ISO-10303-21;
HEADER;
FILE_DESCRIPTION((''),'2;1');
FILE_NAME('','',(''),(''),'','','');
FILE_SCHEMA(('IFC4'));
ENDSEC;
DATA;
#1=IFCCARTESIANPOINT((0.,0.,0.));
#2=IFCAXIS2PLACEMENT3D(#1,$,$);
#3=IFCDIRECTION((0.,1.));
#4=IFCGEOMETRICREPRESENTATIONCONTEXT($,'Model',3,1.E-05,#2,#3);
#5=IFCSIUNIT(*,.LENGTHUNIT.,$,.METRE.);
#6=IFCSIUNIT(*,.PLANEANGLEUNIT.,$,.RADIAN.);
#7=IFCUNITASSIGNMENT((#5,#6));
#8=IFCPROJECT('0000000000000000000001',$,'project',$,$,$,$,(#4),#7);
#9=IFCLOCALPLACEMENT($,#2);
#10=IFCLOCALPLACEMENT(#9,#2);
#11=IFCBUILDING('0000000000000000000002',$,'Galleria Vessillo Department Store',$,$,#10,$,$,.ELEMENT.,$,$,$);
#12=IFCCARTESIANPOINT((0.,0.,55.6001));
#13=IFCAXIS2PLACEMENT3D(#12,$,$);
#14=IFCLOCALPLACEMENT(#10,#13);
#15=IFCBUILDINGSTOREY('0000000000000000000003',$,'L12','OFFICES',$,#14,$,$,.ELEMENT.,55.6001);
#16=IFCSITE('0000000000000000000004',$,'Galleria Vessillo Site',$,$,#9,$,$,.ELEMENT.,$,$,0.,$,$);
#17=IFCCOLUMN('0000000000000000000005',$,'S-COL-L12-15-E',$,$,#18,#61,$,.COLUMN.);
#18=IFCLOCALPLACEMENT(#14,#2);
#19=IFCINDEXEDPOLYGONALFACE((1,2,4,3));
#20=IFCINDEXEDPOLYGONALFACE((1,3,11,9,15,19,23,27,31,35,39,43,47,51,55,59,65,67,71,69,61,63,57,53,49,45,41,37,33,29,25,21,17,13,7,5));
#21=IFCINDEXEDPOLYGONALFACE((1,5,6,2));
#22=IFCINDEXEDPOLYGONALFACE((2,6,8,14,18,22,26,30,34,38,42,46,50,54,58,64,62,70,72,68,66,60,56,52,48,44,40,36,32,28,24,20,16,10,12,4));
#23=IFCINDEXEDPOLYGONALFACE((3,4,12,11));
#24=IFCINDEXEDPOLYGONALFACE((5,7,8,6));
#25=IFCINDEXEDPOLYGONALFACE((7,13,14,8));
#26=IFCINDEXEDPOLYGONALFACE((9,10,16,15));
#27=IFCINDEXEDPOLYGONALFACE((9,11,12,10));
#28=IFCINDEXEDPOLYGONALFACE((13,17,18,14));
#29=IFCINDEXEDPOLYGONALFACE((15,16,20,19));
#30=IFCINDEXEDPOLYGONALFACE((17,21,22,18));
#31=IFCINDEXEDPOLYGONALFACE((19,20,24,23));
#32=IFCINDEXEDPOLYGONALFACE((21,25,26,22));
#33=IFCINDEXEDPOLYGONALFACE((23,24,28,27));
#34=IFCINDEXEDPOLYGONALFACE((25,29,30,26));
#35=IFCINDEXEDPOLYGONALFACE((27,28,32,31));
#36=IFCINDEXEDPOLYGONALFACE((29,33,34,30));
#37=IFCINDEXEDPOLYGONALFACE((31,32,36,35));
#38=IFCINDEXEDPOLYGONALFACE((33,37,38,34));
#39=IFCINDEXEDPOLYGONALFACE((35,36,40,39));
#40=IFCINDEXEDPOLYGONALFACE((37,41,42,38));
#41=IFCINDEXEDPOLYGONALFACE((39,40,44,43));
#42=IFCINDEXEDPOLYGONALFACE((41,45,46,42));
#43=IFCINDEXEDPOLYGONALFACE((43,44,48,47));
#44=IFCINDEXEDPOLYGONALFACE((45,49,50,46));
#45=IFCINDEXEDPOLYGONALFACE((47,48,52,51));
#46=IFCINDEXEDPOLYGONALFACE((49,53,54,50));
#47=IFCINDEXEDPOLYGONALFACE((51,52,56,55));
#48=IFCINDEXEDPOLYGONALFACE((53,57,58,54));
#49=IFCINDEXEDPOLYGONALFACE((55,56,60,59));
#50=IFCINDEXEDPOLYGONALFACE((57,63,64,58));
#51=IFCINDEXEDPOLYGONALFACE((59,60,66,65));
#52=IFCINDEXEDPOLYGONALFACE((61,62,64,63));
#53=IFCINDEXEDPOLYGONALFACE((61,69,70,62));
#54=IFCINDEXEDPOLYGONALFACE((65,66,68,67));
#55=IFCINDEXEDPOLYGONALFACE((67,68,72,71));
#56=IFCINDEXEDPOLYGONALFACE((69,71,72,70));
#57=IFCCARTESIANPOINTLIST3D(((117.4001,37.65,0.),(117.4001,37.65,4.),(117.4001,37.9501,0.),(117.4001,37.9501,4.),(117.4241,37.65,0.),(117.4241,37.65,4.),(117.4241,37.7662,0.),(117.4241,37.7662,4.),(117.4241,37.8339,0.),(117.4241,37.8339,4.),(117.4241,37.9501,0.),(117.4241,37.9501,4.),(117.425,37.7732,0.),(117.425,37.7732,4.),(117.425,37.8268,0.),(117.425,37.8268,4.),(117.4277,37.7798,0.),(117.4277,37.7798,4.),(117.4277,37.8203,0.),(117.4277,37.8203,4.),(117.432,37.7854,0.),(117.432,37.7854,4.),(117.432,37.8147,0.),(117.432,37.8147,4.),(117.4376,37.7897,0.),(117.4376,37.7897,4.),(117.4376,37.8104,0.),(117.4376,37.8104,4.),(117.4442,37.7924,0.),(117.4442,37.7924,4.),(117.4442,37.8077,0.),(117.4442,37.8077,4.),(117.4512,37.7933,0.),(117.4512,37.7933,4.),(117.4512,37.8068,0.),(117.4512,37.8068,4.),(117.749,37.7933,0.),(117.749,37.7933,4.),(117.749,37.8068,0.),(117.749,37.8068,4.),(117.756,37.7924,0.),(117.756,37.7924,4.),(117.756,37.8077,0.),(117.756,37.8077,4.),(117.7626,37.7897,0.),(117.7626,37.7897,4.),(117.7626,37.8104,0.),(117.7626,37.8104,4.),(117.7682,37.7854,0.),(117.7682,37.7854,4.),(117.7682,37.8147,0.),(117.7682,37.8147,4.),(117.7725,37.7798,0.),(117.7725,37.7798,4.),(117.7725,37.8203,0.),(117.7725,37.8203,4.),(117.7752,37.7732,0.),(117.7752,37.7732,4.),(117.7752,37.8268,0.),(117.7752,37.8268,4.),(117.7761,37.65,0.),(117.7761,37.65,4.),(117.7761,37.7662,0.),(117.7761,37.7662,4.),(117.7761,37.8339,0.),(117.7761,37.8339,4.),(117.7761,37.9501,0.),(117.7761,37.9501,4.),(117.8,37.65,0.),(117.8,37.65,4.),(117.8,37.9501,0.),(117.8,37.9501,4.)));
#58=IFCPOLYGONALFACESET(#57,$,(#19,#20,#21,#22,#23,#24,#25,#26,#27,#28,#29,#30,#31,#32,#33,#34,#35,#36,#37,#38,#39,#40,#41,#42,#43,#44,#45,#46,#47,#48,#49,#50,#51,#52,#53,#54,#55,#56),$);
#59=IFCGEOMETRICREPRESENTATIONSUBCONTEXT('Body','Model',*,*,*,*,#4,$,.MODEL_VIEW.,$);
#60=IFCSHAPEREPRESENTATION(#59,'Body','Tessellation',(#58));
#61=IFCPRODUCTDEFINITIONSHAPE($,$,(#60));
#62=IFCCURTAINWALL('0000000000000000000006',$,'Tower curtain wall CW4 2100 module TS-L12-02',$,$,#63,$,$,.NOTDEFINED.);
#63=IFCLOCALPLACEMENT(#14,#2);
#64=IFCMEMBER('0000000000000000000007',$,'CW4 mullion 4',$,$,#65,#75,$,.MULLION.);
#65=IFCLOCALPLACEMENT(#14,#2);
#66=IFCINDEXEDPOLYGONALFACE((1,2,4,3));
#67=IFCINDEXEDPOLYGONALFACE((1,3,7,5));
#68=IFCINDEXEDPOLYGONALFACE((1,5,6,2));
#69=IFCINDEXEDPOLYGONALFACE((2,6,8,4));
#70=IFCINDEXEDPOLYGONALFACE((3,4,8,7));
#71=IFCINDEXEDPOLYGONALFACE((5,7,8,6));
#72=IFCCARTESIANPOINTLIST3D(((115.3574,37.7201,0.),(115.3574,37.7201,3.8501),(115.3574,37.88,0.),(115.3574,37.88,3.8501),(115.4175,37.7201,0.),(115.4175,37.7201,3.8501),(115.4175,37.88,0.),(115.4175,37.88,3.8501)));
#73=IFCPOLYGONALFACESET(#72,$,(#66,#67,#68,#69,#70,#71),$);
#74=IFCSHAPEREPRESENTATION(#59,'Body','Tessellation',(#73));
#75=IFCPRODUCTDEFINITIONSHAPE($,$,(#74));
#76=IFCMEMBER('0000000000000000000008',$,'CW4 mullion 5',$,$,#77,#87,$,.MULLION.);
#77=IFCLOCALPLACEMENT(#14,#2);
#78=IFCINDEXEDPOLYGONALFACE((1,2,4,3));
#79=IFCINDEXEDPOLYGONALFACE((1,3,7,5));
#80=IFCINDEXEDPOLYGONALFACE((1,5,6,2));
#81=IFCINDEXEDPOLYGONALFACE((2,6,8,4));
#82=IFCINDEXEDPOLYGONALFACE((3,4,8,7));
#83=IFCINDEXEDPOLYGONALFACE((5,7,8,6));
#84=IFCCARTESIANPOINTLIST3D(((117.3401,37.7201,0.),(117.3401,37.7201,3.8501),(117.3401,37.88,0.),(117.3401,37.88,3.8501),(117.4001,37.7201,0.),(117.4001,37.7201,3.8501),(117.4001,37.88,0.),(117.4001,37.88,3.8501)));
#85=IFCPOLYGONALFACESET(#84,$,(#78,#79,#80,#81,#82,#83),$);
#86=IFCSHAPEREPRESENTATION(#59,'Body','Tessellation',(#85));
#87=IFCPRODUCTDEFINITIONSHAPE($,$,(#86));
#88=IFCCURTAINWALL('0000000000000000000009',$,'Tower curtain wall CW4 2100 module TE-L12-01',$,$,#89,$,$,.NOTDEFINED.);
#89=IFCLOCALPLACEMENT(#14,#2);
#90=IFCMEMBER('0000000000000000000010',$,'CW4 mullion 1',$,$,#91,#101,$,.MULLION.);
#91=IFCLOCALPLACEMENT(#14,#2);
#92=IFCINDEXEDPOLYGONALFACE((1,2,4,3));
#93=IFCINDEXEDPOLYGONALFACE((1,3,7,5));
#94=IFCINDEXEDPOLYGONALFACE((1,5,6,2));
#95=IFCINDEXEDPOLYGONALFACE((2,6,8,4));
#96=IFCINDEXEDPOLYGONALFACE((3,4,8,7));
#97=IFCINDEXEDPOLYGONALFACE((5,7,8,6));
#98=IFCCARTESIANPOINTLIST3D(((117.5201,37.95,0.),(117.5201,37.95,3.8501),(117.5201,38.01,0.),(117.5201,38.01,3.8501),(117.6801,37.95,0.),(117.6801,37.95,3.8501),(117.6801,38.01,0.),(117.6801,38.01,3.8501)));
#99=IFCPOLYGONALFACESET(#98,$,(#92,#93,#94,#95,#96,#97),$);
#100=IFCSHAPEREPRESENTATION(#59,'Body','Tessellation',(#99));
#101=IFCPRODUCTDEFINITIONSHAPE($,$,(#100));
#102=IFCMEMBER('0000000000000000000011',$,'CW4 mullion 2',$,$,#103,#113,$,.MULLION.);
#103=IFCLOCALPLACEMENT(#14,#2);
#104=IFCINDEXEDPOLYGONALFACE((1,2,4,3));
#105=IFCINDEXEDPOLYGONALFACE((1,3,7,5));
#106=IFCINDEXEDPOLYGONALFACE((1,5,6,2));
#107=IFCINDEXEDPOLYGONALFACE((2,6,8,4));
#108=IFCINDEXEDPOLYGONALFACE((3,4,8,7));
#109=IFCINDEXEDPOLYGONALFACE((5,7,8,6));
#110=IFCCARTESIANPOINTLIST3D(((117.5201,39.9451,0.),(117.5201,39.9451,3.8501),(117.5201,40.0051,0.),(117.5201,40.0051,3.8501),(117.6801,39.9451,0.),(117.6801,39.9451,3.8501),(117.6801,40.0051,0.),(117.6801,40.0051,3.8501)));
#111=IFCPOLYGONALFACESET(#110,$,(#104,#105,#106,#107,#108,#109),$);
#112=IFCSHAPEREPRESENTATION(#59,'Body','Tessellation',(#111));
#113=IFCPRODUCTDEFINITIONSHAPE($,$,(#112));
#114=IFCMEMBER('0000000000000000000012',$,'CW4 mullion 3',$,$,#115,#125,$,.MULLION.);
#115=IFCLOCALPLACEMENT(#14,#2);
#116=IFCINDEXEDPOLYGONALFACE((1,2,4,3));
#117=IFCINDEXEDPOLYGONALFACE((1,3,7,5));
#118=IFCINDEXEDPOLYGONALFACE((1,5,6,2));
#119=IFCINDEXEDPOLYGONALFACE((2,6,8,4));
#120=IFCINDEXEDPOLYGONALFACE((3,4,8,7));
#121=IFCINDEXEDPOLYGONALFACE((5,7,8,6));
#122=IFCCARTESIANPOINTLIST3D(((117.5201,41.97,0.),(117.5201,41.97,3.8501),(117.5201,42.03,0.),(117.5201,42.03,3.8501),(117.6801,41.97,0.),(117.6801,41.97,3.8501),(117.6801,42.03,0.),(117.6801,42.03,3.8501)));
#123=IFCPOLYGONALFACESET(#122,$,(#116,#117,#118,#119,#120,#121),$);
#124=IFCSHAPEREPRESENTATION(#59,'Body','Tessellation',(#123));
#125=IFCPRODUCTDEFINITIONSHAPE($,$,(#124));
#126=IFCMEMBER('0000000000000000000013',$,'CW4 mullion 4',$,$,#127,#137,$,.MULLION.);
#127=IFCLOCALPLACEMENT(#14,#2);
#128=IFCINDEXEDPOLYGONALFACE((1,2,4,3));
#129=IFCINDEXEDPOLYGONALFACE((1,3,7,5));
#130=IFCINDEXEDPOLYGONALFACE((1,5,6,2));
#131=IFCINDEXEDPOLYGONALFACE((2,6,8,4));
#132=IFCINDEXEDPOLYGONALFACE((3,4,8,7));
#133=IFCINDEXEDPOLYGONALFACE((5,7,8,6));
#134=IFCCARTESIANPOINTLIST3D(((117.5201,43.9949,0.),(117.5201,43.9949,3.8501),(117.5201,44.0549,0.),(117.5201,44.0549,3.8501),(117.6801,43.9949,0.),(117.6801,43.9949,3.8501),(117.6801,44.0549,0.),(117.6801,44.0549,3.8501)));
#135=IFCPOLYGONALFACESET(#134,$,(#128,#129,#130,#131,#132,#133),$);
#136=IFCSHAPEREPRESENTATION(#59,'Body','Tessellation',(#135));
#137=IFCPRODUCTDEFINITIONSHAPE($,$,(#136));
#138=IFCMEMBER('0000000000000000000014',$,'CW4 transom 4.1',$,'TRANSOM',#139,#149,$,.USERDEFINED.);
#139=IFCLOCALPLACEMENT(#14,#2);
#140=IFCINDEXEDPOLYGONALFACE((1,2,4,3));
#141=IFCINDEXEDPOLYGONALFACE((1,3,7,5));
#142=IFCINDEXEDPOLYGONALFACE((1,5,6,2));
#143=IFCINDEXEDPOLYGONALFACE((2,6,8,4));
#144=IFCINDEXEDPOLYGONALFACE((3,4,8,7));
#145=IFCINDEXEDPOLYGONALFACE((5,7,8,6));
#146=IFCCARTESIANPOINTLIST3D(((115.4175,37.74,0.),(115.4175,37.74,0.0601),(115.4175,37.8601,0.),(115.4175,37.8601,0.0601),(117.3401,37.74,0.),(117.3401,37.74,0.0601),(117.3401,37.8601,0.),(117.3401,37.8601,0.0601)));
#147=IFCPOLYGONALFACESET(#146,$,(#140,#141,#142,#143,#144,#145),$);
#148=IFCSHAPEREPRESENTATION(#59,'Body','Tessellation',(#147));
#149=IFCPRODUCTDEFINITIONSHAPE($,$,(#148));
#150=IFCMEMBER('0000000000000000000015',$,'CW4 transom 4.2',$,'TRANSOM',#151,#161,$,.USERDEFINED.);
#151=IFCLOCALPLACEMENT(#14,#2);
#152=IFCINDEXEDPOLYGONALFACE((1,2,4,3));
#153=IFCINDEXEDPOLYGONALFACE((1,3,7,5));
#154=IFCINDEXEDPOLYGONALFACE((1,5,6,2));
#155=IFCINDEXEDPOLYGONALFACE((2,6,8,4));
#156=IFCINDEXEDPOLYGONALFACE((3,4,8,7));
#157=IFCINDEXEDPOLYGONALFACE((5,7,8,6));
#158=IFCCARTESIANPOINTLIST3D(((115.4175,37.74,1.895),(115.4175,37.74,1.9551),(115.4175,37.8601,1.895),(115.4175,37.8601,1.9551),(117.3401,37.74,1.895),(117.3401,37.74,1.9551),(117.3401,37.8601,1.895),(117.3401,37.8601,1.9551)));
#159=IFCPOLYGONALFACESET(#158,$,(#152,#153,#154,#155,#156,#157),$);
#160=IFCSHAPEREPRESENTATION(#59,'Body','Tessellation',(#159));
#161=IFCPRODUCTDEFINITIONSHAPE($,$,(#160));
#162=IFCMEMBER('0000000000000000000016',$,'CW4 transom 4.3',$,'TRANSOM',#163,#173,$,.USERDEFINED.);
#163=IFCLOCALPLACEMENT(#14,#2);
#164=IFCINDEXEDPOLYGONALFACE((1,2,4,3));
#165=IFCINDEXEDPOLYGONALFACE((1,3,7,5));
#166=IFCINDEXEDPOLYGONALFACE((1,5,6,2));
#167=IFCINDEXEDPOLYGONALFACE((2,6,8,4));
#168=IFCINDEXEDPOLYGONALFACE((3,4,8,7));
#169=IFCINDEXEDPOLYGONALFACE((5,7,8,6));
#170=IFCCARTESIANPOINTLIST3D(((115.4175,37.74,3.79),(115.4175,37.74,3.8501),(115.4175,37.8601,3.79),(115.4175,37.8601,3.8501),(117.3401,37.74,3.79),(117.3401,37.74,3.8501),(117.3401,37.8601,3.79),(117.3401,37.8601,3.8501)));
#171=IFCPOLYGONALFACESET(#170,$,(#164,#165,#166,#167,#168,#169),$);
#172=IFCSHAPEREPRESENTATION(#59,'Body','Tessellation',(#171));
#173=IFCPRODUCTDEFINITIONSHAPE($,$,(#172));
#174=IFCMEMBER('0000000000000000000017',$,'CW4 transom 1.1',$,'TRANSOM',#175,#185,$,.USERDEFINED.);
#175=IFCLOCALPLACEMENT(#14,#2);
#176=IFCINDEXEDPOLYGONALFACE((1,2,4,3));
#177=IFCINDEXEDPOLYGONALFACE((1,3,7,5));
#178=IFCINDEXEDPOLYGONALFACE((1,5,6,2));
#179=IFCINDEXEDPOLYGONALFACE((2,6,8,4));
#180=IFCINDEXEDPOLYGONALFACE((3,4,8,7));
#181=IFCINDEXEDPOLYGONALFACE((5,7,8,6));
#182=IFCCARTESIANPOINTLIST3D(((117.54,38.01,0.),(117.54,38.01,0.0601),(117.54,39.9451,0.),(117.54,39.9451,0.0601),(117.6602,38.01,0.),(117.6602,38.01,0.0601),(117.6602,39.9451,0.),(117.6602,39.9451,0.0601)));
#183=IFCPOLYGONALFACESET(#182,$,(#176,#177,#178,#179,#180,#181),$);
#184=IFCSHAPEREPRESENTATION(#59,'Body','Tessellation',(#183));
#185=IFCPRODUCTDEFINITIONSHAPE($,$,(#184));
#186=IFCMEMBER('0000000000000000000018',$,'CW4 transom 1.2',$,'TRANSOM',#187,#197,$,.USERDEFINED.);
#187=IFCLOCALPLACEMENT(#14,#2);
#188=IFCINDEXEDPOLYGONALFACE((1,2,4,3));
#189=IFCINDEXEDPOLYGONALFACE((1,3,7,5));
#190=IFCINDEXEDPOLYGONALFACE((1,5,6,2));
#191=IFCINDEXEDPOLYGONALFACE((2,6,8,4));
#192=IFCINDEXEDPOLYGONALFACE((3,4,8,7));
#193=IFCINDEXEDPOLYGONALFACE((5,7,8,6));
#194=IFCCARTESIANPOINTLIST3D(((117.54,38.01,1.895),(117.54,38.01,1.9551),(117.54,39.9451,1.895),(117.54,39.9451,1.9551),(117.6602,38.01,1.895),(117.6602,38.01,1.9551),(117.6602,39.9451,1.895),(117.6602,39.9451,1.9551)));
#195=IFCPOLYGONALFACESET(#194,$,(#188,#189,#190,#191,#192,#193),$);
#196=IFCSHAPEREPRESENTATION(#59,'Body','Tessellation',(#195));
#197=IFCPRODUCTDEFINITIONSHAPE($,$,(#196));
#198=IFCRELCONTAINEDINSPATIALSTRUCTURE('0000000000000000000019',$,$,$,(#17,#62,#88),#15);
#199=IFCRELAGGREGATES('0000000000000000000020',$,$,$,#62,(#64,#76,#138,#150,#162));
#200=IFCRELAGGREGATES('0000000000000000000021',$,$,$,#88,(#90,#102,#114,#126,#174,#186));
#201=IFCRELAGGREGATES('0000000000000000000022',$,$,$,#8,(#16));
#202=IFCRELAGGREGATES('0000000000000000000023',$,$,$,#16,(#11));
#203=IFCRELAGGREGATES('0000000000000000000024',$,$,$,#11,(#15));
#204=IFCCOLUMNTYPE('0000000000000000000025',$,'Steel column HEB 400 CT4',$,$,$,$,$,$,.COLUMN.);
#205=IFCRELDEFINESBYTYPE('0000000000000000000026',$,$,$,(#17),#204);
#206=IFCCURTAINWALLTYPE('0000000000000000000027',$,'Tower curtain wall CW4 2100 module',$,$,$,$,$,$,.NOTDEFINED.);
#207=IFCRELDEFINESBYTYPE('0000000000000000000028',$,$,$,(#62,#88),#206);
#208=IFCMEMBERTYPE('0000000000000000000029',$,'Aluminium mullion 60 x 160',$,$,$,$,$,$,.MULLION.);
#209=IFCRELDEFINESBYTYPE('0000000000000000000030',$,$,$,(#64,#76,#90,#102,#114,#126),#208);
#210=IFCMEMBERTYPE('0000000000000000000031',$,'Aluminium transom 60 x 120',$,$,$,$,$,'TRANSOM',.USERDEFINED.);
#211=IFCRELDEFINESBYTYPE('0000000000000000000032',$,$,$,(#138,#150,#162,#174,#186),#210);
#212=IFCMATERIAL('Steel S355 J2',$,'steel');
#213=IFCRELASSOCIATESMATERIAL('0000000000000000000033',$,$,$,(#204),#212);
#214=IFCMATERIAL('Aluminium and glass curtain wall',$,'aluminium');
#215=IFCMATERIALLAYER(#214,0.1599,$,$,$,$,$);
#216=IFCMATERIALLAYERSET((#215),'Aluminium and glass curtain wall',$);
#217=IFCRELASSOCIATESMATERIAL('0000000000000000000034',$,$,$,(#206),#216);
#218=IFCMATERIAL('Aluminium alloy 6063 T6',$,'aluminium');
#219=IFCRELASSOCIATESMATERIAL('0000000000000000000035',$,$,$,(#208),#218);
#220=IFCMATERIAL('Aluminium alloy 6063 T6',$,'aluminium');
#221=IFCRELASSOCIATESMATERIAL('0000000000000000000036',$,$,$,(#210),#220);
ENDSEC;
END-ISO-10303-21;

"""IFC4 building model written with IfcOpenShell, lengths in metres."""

from ifc_helpers import new_model, si_unit, direction, frame, origin, origin_2d, place, context, subcontext, project, spatial, rectangle, i_section, extrude, material, layer, layer_set, material_profile, profile_set, type_object, element, aggregate, save


model = new_model("IFC4")

# Units and contexts
model_context = context("Model", 3, precision=1e-05, world=origin(), true_north=direction((0.0, 1.0)))
body_context = subcontext(model_context, "Body", "Model", "MODEL_VIEW")
ifc_project = project(units=[si_unit("LENGTHUNIT", "METRE"), si_unit("PLANEANGLEUNIT", "RADIAN")], contexts=[model_context])

# Site, building, storey
site_placement = place(None, origin())
site = spatial("IfcSite", under=ifc_project, at=site_placement, Name="Galleria Vessillo Site", CompositionType="ELEMENT", RefElevation=0.0)
building_placement = place(site_placement, origin())
building = spatial("IfcBuilding", under=site, at=building_placement, Name="Galleria Vessillo Department Store", CompositionType="ELEMENT")
storey_placement = place(building_placement, frame((0.0, 0.0, 55.6001)))
storey = spatial("IfcBuildingStorey", under=building, at=storey_placement, Name="L12", Description="OFFICES", CompositionType="ELEMENT", Elevation=55.6001)

# Column
ifc_material_1 = material(Name="Steel S355 J2", Category="steel")
ifc_material_profile_1 = material_profile(ifc_material_1, i_section(OverallWidth=0.3, OverallDepth=0.3999, WebThickness=0.0134, FlangeThickness=0.0239, FilletRadius=0.0271, at=origin_2d()), Name="HEB 400")
ifc_profile_set_1 = profile_set([ifc_material_profile_1], Name="Steel S355 J2")
column_type = type_object("IfcColumnType", Name="Steel column HEB 400 CT4", PredefinedType="COLUMN", material=ifc_profile_set_1)
column_placement = place(storey_placement, frame((117.6001, 37.8, 0.0), z_axis=(0.0, 0.0, 1.0), x_axis=(0.0, 1.0, 0.0)))
element("IfcColumn", 1, at=column_placement, inside=storey, type_object=column_type, Name="S-COL-L12-15-E", PredefinedType="COLUMN", context=body_context, shape_type="SweptSolid", body=[
    extrude(i_section(OverallWidth=0.3, OverallDepth=0.3999, WebThickness=0.0134, FlangeThickness=0.0239, FilletRadius=0.0271, at=origin_2d()), origin(), (0.0, 0.0, 1.0), 4.0),
])

# Curtain walls, members
ifc_material_2 = material(Name="Aluminium and glass curtain wall", Category="aluminium")
ifc_layer_1 = layer(ifc_material_2, 0.1599)
ifc_layer_set_1 = layer_set([ifc_layer_1], Name="Aluminium and glass curtain wall")
curtain_wall_type = type_object("IfcCurtainWallType", Name="Tower curtain wall CW4 2100 module", PredefinedType="NOTDEFINED", material=ifc_layer_set_1)
curtain_wall_1_placement = place(storey_placement, origin())
curtain_wall_1 = element("IfcCurtainWall", 2, at=curtain_wall_1_placement, inside=storey, type_object=curtain_wall_type, Name="Tower curtain wall CW4 2100 module TS-L12-02", PredefinedType="NOTDEFINED")
ifc_material_3 = material(Name="Aluminium alloy 6063 T6", Category="aluminium")
ifc_material_profile_2 = material_profile(ifc_material_3, rectangle(XDim=0.1599, YDim=0.0601, at=origin_2d()), Name="AL 60x160")
ifc_profile_set_2 = profile_set([ifc_material_profile_2], Name="Aluminium alloy 6063 T6")
member_type_1 = type_object("IfcMemberType", Name="Aluminium mullion 60 x 160", PredefinedType="MULLION", material=ifc_profile_set_2)
member_1_placement = place(storey_placement, frame((115.3875, 37.8, 0.0), z_axis=(0.0, 0.0, 1.0), x_axis=(0.0, 1.0, 0.0)))
member_1 = element("IfcMember", 3, at=member_1_placement, type_object=member_type_1, Name="CW4 mullion 4", PredefinedType="MULLION", context=body_context, shape_type="SweptSolid", body=[
    extrude(rectangle(XDim=0.1599, YDim=0.0601, at=origin_2d()), origin(), (0.0, 0.0, 1.0), 3.8501),
])
member_2_placement = place(storey_placement, frame((117.3701, 37.8, 0.0), z_axis=(0.0, 0.0, 1.0), x_axis=(0.0, 1.0, 0.0)))
member_2 = element("IfcMember", 4, at=member_2_placement, type_object=member_type_1, Name="CW4 mullion 5", PredefinedType="MULLION", context=body_context, shape_type="SweptSolid", body=[
    extrude(rectangle(XDim=0.1599, YDim=0.0601, at=origin_2d()), origin(), (0.0, 0.0, 1.0), 3.8501),
])
curtain_wall_2_placement = place(storey_placement, origin())
curtain_wall_2 = element("IfcCurtainWall", 5, at=curtain_wall_2_placement, inside=storey, type_object=curtain_wall_type, Name="Tower curtain wall CW4 2100 module TE-L12-01", PredefinedType="NOTDEFINED")
member_3_placement = place(storey_placement, frame((117.6001, 37.98, 0.0), z_axis=(0.0, 0.0, 1.0), x_axis=(-1.0, 0.0, 0.0)))
member_3 = element("IfcMember", 6, at=member_3_placement, type_object=member_type_1, Name="CW4 mullion 1", PredefinedType="MULLION", context=body_context, shape_type="SweptSolid", body=[
    extrude(rectangle(XDim=0.1599, YDim=0.0601, at=origin_2d()), origin(), (0.0, 0.0, 1.0), 3.8501),
])
member_4_placement = place(storey_placement, frame((117.6001, 39.9751, 0.0), z_axis=(0.0, 0.0, 1.0), x_axis=(-1.0, 0.0, 0.0)))
member_4 = element("IfcMember", 7, at=member_4_placement, type_object=member_type_1, Name="CW4 mullion 2", PredefinedType="MULLION", context=body_context, shape_type="SweptSolid", body=[
    extrude(rectangle(XDim=0.1599, YDim=0.0601, at=origin_2d()), origin(), (0.0, 0.0, 1.0), 3.8501),
])
member_5_placement = place(storey_placement, frame((117.6001, 42.0, 0.0), z_axis=(0.0, 0.0, 1.0), x_axis=(-1.0, 0.0, 0.0)))
member_5 = element("IfcMember", 8, at=member_5_placement, type_object=member_type_1, Name="CW4 mullion 3", PredefinedType="MULLION", context=body_context, shape_type="SweptSolid", body=[
    extrude(rectangle(XDim=0.1599, YDim=0.0601, at=origin_2d()), origin(), (0.0, 0.0, 1.0), 3.8501),
])
member_6_placement = place(storey_placement, frame((117.6001, 44.0249, 0.0), z_axis=(0.0, 0.0, 1.0), x_axis=(-1.0, 0.0, 0.0)))
member_6 = element("IfcMember", 9, at=member_6_placement, type_object=member_type_1, Name="CW4 mullion 4", PredefinedType="MULLION", context=body_context, shape_type="SweptSolid", body=[
    extrude(rectangle(XDim=0.1599, YDim=0.0601, at=origin_2d()), origin(), (0.0, 0.0, 1.0), 3.8501),
])

# Members
ifc_material_4 = material(Name="Aluminium alloy 6063 T6", Category="aluminium")
ifc_material_profile_3 = material_profile(ifc_material_4, rectangle(XDim=0.1201, YDim=0.0601, at=origin_2d()), Name="AL 60x120")
ifc_profile_set_3 = profile_set([ifc_material_profile_3], Name="Aluminium alloy 6063 T6")
member_type_2 = type_object("IfcMemberType", Name="Aluminium transom 60 x 120", ElementType="TRANSOM", PredefinedType="USERDEFINED", material=ifc_profile_set_3)
member_7_placement = place(storey_placement, frame((115.4175, 37.8, 0.03), z_axis=(1.0, 0.0, 0.0), x_axis=(0.0, 1.0, 0.0)))
member_7 = element("IfcMember", 10, at=member_7_placement, type_object=member_type_2, Name="CW4 transom 4.1", ObjectType="TRANSOM", PredefinedType="USERDEFINED", context=body_context, shape_type="SweptSolid", body=[
    extrude(rectangle(XDim=0.1201, YDim=0.0601, at=origin_2d()), origin(), (0.0, 0.0, 1.0), 1.9226),
])
member_8_placement = place(storey_placement, frame((115.4175, 37.8, 1.925), z_axis=(1.0, 0.0, 0.0), x_axis=(0.0, 1.0, 0.0)))
member_8 = element("IfcMember", 11, at=member_8_placement, type_object=member_type_2, Name="CW4 transom 4.2", ObjectType="TRANSOM", PredefinedType="USERDEFINED", context=body_context, shape_type="SweptSolid", body=[
    extrude(rectangle(XDim=0.1201, YDim=0.0601, at=origin_2d()), origin(), (0.0, 0.0, 1.0), 1.9226),
])
member_9_placement = place(storey_placement, frame((115.4175, 37.8, 3.8201), z_axis=(1.0, 0.0, 0.0), x_axis=(0.0, 1.0, 0.0)))
member_9 = element("IfcMember", 12, at=member_9_placement, type_object=member_type_2, Name="CW4 transom 4.3", ObjectType="TRANSOM", PredefinedType="USERDEFINED", context=body_context, shape_type="SweptSolid", body=[
    extrude(rectangle(XDim=0.1201, YDim=0.0601, at=origin_2d()), origin(), (0.0, 0.0, 1.0), 1.9226),
])
member_10_placement = place(storey_placement, frame((117.6001, 38.01, 0.03), z_axis=(0.0, 1.0, 0.0), x_axis=(-1.0, 0.0, 0.0)))
member_10 = element("IfcMember", 13, at=member_10_placement, type_object=member_type_2, Name="CW4 transom 1.1", ObjectType="TRANSOM", PredefinedType="USERDEFINED", context=body_context, shape_type="SweptSolid", body=[
    extrude(rectangle(XDim=0.1201, YDim=0.0601, at=origin_2d()), origin(), (0.0, 0.0, 1.0), 1.9351),
])
member_11_placement = place(storey_placement, frame((117.6001, 38.01, 1.925), z_axis=(0.0, 1.0, 0.0), x_axis=(-1.0, 0.0, 0.0)))
member_11 = element("IfcMember", 14, at=member_11_placement, type_object=member_type_2, Name="CW4 transom 1.2", ObjectType="TRANSOM", PredefinedType="USERDEFINED", context=body_context, shape_type="SweptSolid", body=[
    extrude(rectangle(XDim=0.1201, YDim=0.0601, at=origin_2d()), origin(), (0.0, 0.0, 1.0), 1.9351),
])

aggregate(curtain_wall_1, [member_1, member_2, member_7, member_8, member_9])
aggregate(curtain_wall_2, [member_3, member_4, member_5, member_6, member_10, member_11])

save(model, "model.ifc")
